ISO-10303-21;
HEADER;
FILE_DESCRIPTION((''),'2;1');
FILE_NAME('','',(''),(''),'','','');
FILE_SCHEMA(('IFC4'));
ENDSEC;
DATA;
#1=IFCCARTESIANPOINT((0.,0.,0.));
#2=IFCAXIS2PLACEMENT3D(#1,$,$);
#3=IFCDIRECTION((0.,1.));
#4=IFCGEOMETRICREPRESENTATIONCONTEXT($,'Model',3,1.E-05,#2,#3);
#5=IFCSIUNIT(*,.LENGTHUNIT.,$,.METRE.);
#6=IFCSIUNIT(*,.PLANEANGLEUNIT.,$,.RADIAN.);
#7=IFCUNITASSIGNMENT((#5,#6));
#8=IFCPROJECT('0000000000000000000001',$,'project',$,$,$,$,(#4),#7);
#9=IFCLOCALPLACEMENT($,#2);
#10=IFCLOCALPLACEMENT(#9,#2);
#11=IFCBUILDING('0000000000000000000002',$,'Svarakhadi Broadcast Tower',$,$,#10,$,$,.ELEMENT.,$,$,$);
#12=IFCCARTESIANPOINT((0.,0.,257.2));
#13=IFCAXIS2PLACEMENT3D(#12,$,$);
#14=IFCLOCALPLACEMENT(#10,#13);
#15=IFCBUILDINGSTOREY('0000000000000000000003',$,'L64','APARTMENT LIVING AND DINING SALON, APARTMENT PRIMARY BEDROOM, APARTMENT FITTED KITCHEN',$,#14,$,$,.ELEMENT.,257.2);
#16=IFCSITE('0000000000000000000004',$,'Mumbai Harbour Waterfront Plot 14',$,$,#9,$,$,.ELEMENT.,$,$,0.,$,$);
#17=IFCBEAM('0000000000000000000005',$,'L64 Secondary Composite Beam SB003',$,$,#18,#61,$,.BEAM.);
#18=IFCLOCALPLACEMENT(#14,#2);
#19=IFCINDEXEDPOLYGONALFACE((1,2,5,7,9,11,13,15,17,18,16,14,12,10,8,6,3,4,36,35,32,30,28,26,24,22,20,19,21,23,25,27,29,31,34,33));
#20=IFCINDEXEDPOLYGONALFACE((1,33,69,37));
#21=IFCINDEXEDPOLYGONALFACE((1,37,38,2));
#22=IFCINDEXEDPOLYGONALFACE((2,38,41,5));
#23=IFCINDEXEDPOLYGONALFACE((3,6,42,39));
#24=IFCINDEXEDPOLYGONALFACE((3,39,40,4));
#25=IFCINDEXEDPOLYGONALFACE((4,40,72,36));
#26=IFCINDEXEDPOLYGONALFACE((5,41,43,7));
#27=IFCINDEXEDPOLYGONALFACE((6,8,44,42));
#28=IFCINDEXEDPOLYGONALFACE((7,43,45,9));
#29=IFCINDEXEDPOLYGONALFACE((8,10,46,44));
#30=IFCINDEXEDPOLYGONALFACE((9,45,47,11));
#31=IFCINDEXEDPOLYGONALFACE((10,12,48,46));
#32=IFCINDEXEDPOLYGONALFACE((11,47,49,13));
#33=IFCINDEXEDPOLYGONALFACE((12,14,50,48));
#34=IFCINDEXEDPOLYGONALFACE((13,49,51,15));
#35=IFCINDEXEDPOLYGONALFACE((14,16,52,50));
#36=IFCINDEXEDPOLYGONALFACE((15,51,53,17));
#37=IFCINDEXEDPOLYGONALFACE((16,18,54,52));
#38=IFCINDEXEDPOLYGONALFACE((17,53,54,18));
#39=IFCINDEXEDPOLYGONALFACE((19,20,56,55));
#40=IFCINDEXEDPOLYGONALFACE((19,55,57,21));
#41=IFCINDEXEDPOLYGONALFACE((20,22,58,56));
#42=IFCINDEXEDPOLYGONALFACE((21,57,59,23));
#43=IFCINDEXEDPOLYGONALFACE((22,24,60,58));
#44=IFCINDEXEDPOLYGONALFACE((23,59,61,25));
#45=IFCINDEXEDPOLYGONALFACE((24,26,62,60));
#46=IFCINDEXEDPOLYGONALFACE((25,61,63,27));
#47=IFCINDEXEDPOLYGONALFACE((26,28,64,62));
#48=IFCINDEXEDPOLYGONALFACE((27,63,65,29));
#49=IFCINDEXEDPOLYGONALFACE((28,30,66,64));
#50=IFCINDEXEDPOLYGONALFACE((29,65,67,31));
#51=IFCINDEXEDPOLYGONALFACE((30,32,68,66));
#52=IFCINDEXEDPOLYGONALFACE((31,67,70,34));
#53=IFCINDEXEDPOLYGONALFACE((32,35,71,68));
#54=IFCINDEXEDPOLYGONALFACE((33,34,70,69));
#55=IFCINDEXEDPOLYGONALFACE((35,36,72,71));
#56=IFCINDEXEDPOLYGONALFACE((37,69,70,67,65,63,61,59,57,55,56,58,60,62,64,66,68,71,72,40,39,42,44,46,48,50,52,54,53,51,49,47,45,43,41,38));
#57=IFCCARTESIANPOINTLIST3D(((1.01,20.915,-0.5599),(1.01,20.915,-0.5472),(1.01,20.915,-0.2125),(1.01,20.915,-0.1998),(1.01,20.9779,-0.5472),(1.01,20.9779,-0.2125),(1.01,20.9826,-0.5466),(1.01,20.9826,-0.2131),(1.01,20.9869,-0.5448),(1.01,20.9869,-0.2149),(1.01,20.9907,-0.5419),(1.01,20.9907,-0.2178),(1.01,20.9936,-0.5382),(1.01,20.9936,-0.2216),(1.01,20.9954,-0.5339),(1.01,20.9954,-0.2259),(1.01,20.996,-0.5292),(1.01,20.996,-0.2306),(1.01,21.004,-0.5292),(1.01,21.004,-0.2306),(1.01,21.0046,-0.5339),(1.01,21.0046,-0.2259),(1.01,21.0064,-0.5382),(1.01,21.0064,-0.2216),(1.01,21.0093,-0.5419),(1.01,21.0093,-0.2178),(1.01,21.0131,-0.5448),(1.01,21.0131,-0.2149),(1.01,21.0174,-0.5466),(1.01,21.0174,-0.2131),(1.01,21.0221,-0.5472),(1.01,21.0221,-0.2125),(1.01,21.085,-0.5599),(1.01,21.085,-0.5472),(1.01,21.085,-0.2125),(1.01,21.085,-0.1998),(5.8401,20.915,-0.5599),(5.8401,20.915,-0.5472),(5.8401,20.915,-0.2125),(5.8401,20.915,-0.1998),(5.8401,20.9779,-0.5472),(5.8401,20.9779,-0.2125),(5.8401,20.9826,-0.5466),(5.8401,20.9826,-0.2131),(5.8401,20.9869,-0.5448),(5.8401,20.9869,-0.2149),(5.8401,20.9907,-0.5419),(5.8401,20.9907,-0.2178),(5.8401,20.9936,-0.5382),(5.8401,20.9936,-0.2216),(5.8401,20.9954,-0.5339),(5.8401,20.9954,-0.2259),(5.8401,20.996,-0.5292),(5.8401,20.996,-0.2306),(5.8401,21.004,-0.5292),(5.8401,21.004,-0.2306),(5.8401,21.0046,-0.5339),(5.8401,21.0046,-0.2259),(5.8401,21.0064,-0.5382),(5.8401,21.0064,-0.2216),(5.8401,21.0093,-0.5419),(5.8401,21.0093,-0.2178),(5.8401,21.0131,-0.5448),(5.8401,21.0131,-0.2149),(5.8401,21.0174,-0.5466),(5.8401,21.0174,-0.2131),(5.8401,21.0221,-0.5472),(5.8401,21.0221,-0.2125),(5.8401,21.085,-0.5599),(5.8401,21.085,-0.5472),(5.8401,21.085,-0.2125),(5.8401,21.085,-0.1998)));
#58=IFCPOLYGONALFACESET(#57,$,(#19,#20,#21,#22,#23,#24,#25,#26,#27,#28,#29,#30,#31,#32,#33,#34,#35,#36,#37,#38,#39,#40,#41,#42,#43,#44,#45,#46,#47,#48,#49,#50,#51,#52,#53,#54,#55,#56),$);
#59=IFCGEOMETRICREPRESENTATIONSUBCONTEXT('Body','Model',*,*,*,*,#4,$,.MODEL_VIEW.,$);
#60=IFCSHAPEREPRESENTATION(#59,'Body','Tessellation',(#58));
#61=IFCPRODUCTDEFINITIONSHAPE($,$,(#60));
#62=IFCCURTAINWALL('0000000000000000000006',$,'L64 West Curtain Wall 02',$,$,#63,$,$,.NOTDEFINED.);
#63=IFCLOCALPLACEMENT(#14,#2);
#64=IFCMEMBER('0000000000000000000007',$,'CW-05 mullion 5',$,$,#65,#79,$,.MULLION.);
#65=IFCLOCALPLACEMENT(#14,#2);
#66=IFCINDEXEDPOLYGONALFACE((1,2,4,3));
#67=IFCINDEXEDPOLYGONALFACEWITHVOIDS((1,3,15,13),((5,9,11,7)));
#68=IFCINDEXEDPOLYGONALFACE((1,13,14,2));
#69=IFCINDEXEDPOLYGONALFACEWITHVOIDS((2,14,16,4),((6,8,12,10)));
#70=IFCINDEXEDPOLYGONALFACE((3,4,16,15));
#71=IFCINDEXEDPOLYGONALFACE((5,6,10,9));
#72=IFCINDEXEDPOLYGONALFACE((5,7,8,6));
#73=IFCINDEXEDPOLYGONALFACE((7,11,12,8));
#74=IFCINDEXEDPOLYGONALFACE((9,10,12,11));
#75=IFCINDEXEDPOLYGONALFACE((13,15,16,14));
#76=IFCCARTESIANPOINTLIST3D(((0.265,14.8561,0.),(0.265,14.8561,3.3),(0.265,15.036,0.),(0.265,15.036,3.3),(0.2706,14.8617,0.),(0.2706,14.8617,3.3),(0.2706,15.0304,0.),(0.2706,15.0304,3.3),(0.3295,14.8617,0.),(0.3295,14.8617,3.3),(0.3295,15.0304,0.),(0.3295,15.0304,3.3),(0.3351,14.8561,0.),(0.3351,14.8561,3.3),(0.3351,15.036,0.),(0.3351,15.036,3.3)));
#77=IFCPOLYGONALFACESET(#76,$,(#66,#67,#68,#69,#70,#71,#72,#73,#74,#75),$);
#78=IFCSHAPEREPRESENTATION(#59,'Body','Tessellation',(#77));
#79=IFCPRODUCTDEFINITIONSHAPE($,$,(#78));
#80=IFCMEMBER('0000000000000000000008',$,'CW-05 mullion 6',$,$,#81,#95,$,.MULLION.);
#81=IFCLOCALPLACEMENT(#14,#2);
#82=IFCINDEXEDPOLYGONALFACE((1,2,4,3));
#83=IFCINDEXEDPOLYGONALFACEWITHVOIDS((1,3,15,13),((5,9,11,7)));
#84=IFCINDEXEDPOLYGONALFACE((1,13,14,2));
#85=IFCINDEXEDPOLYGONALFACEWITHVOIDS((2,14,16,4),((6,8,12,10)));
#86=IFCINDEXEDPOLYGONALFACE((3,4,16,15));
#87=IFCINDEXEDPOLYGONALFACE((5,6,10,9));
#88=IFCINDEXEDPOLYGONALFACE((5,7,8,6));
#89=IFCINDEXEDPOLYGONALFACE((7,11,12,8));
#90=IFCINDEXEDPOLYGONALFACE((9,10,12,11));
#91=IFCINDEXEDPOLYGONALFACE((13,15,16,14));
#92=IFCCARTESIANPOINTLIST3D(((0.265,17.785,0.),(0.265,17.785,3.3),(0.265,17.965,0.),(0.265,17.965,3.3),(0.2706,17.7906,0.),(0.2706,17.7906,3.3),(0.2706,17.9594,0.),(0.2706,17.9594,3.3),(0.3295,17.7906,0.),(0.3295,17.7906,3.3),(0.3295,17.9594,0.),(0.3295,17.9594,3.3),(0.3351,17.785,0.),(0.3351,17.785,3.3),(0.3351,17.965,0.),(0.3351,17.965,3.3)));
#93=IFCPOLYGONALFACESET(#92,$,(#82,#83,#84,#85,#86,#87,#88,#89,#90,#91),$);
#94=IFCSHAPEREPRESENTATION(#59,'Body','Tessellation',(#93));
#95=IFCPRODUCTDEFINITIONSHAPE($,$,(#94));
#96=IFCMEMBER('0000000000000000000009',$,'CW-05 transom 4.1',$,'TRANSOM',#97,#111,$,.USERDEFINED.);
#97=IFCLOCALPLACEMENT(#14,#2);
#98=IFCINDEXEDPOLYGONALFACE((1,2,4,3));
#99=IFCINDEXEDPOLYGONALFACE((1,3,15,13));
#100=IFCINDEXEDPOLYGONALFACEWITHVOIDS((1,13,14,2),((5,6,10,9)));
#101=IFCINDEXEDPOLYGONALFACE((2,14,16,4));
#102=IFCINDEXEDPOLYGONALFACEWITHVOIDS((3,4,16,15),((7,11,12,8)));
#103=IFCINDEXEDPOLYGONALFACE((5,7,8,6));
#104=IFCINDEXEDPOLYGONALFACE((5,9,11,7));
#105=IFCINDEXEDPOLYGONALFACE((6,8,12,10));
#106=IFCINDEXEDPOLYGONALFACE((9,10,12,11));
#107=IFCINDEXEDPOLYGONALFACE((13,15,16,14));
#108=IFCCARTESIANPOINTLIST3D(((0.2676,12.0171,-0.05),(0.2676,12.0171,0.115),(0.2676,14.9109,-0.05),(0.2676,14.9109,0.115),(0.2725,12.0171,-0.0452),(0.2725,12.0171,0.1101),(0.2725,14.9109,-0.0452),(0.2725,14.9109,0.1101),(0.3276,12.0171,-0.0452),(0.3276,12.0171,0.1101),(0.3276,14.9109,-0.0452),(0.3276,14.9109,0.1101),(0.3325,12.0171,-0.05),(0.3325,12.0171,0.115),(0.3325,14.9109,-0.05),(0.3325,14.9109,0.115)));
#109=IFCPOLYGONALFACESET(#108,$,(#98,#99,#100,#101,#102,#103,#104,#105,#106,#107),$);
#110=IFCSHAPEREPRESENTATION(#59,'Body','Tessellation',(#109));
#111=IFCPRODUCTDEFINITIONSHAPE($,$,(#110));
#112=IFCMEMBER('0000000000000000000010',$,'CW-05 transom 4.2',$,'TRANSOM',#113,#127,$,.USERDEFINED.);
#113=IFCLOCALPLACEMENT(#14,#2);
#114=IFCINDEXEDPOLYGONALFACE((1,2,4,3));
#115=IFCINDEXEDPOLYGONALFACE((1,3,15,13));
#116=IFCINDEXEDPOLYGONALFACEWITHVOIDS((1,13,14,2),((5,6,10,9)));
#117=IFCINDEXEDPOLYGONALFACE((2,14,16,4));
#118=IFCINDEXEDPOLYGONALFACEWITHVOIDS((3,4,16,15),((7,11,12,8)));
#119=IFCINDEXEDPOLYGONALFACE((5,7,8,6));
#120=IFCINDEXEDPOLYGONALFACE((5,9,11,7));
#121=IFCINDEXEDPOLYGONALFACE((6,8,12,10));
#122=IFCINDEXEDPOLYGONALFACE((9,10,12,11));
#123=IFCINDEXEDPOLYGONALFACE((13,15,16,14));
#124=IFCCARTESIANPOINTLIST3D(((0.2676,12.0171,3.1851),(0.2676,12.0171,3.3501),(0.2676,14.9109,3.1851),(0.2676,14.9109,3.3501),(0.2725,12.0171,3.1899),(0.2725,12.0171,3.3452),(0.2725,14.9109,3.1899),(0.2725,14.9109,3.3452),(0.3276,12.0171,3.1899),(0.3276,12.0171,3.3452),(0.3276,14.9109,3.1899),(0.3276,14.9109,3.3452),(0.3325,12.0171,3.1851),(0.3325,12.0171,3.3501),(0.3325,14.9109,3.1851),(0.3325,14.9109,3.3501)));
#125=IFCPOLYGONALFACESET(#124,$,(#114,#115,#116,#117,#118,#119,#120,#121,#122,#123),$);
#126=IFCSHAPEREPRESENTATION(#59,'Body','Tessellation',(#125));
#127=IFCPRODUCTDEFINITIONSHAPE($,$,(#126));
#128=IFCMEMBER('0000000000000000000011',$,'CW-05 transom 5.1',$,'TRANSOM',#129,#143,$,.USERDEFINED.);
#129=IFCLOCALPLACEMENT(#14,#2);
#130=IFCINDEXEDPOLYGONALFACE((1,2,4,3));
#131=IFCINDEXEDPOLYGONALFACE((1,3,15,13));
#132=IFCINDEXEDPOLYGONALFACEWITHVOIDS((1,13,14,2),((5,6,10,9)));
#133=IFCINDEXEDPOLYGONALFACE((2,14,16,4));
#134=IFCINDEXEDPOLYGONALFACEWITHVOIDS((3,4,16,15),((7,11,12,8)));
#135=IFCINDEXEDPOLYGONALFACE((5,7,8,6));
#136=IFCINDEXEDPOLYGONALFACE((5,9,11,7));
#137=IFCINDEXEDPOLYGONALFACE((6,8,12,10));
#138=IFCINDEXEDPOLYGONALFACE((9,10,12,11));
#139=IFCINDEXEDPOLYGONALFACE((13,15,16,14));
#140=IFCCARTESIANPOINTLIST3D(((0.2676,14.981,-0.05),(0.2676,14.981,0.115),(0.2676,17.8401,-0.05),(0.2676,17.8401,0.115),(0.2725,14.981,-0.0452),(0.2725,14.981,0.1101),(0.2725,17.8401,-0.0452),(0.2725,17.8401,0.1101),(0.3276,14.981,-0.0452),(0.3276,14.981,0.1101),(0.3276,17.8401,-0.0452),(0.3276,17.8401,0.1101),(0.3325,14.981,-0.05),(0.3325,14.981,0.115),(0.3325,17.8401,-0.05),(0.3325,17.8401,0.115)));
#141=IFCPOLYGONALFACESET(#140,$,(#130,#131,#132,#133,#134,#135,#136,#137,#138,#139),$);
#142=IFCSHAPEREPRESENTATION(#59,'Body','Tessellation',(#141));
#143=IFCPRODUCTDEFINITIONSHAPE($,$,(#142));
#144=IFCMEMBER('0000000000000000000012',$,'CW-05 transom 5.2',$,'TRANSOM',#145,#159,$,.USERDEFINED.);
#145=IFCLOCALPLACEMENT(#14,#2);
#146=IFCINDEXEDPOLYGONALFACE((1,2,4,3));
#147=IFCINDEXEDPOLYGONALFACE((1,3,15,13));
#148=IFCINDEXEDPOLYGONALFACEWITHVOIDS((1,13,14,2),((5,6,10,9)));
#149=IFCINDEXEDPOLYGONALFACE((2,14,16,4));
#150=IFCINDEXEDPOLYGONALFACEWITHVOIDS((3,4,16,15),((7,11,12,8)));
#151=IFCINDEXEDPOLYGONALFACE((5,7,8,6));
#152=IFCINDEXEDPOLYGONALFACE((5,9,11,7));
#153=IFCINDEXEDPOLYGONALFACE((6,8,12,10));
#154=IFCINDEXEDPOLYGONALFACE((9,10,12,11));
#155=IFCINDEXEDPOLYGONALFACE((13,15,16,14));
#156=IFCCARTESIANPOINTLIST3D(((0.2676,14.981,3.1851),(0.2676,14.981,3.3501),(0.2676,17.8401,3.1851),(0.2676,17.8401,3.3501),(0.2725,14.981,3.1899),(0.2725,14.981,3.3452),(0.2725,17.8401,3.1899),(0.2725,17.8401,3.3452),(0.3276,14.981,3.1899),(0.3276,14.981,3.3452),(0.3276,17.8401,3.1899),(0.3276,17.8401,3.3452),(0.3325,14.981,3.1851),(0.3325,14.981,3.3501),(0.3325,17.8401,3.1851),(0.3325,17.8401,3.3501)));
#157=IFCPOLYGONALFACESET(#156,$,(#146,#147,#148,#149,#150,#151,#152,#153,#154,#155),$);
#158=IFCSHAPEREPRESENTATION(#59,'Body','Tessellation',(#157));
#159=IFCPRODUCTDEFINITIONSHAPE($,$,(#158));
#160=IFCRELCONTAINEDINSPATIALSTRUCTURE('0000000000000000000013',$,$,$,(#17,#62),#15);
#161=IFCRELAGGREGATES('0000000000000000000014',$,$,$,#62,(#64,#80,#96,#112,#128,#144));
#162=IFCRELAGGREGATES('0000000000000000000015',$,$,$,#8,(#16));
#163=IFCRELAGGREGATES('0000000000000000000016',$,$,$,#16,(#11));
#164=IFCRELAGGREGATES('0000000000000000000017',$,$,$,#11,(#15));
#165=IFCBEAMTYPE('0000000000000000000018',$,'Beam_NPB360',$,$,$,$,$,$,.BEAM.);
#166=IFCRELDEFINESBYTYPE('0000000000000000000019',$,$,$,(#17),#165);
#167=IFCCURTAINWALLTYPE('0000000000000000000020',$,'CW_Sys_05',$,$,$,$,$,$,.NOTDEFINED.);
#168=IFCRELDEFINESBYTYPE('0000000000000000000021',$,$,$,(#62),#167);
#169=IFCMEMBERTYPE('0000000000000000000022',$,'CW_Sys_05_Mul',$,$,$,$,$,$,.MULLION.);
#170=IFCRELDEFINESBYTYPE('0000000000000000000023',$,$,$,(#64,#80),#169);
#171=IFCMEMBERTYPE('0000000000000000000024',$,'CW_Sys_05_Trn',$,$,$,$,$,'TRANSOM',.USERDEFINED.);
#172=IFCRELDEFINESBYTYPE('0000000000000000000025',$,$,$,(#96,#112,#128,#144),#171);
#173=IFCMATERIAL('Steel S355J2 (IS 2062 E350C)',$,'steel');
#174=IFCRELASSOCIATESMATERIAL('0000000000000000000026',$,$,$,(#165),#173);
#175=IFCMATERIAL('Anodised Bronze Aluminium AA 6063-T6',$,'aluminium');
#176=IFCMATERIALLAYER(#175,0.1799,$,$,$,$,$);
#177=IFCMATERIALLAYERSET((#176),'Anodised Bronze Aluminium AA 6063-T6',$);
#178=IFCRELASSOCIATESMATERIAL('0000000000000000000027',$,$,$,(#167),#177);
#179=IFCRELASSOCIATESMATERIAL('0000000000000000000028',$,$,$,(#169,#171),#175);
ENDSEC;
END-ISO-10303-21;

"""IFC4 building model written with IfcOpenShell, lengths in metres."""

from ifc_helpers import new_model, si_unit, direction, frame, origin, origin_2d, place, context, subcontext, project, spatial, hollow_rectangle, i_section, extrude, material, layer, layer_set, material_profile, profile_set, type_object, element, aggregate, save


model = new_model("IFC4")

# Units and contexts
model_context = context("Model", 3, precision=1e-05, world=origin(), true_north=direction((0.0, 1.0)))
body_context = subcontext(model_context, "Body", "Model", "MODEL_VIEW")
ifc_project = project(units=[si_unit("LENGTHUNIT", "METRE"), si_unit("PLANEANGLEUNIT", "RADIAN")], contexts=[model_context])

# Site, building, storey
site_placement = place(None, origin())
site = spatial("IfcSite", under=ifc_project, at=site_placement, Name="Mumbai Harbour Waterfront Plot 14", CompositionType="ELEMENT", RefElevation=0.0)
building_placement = place(site_placement, origin())
building = spatial("IfcBuilding", under=site, at=building_placement, Name="Svarakhadi Broadcast Tower", CompositionType="ELEMENT")
storey_placement = place(building_placement, frame((0.0, 0.0, 257.2)))
storey = spatial("IfcBuildingStorey", under=building, at=storey_placement, Name="L64", Description="APARTMENT LIVING AND DINING SALON, APARTMENT PRIMARY BEDROOM, APARTMENT FITTED KITCHEN", CompositionType="ELEMENT", Elevation=257.2)

# Beam
ifc_material_1 = material(Name="Steel S355J2 (IS 2062 E350C)", Category="steel")
ifc_material_profile_1 = material_profile(ifc_material_1, i_section(OverallWidth=0.1699, OverallDepth=0.3601, WebThickness=0.0081, FlangeThickness=0.0127, FilletRadius=0.0181, at=origin_2d()), Name="NPB 360x170x57")
ifc_profile_set_1 = profile_set([ifc_material_profile_1], Name="Steel S355J2 (IS 2062 E350C)")
beam_type_1 = type_object("IfcBeamType", Name="Beam_NPB360", PredefinedType="BEAM", material=ifc_profile_set_1)
for number, where, z_axis, x_axis, name in (
    (1, (1.01, 21.0, -0.3799), (1.0, 0.0, 0.0), (0.0, 1.0, 0.0), "L64 Secondary Composite Beam SB003"),
):
    element("IfcBeam", number, at=place(storey_placement, frame(where, z_axis=z_axis, x_axis=x_axis)), inside=storey, type_object=beam_type_1, Name=name, PredefinedType="BEAM", context=body_context, shape_type="SweptSolid", body=[
        extrude(i_section(OverallWidth=0.1699, OverallDepth=0.3601, WebThickness=0.0081, FlangeThickness=0.0127, FilletRadius=0.0181, at=origin_2d()), origin(), (0.0, 0.0, 1.0), 4.8301),
    ])

# Curtain wall, members
ifc_material_2 = material(Name="Anodised Bronze Aluminium AA 6063-T6", Category="aluminium")
ifc_layer_1 = layer(ifc_material_2, 0.1799)
ifc_layer_set_1 = layer_set([ifc_layer_1], Name="Anodised Bronze Aluminium AA 6063-T6")
curtain_wall_type = type_object("IfcCurtainWallType", Name="CW_Sys_05", PredefinedType="NOTDEFINED", material=ifc_layer_set_1)
curtain_wall_placement = place(storey_placement, origin())
curtain_wall = element("IfcCurtainWall", 2, at=curtain_wall_placement, inside=storey, type_object=curtain_wall_type, Name="L64 West Curtain Wall 02", PredefinedType="NOTDEFINED")
ifc_material_profile_2 = material_profile(ifc_material_2, hollow_rectangle(XDim=0.0701, YDim=0.1799, WallThickness=0.0056, at=origin_2d()), Name="ALU MULLION 180x70x6")
ifc_profile_set_2 = profile_set([ifc_material_profile_2], Name="Anodised Bronze Aluminium AA 6063-T6")
member_type_1 = type_object("IfcMemberType", Name="CW_Sys_05_Mul", PredefinedType="MULLION", material=ifc_profile_set_2)
member_1_placement = place(storey_placement, frame((0.3, 14.946, 0.0), z_axis=(0.0, 0.0, 1.0), x_axis=(-1.0, 0.0, 0.0)))
member_1 = element("IfcMember", 3, at=member_1_placement, type_object=member_type_1, Name="CW-05 mullion 5", PredefinedType="MULLION", context=body_context, shape_type="SweptSolid", body=[
    extrude(hollow_rectangle(XDim=0.0701, YDim=0.1799, WallThickness=0.0056, at=origin_2d()), origin(), (0.0, 0.0, 1.0), 3.3),
])
member_2_placement = place(storey_placement, frame((0.3, 17.875, 0.0), z_axis=(0.0, 0.0, 1.0), x_axis=(-1.0, 0.0, 0.0)))
member_2 = element("IfcMember", 4, at=member_2_placement, type_object=member_type_1, Name="CW-05 mullion 6", PredefinedType="MULLION", context=body_context, shape_type="SweptSolid", body=[
    extrude(hollow_rectangle(XDim=0.0701, YDim=0.1799, WallThickness=0.0056, at=origin_2d()), origin(), (0.0, 0.0, 1.0), 3.3),
])
ifc_material_profile_3 = material_profile(ifc_material_2, hollow_rectangle(XDim=0.0649, YDim=0.165, WallThickness=0.0049, at=origin_2d()), Name="ALU TRANSOM 165x65x5")
ifc_profile_set_3 = profile_set([ifc_material_profile_3], Name="Anodised Bronze Aluminium AA 6063-T6")
member_type_2 = type_object("IfcMemberType", Name="CW_Sys_05_Trn", ElementType="TRANSOM", PredefinedType="USERDEFINED", material=ifc_profile_set_3)
member_3_placement = place(storey_placement, frame((0.3, 12.0171, 0.0325), z_axis=(0.0, 1.0, 0.0), x_axis=(-1.0, 0.0, 0.0)))
member_3 = element("IfcMember", 5, at=member_3_placement, type_object=member_type_2, Name="CW-05 transom 4.1", ObjectType="TRANSOM", PredefinedType="USERDEFINED", context=body_context, shape_type="SweptSolid", body=[
    extrude(hollow_rectangle(XDim=0.0649, YDim=0.165, WallThickness=0.0049, at=origin_2d()), origin(), (0.0, 0.0, 1.0), 2.8938),
])
member_4_placement = place(storey_placement, frame((0.3, 12.0171, 3.2676), z_axis=(0.0, 1.0, 0.0), x_axis=(-1.0, 0.0, 0.0)))
member_4 = element("IfcMember", 6, at=member_4_placement, type_object=member_type_2, Name="CW-05 transom 4.2", ObjectType="TRANSOM", PredefinedType="USERDEFINED", context=body_context, shape_type="SweptSolid", body=[
    extrude(hollow_rectangle(XDim=0.0649, YDim=0.165, WallThickness=0.0049, at=origin_2d()), origin(), (0.0, 0.0, 1.0), 2.8938),
])
member_5_placement = place(storey_placement, frame((0.3, 14.981, 0.0325), z_axis=(0.0, 1.0, 0.0), x_axis=(-1.0, 0.0, 0.0)))
member_5 = element("IfcMember", 7, at=member_5_placement, type_object=member_type_2, Name="CW-05 transom 5.1", ObjectType="TRANSOM", PredefinedType="USERDEFINED", context=body_context, shape_type="SweptSolid", body=[
    extrude(hollow_rectangle(XDim=0.0649, YDim=0.165, WallThickness=0.0049, at=origin_2d()), origin(), (0.0, 0.0, 1.0), 2.8591),
])
member_6_placement = place(storey_placement, frame((0.3, 14.981, 3.2676), z_axis=(0.0, 1.0, 0.0), x_axis=(-1.0, 0.0, 0.0)))
member_6 = element("IfcMember", 8, at=member_6_placement, type_object=member_type_2, Name="CW-05 transom 5.2", ObjectType="TRANSOM", PredefinedType="USERDEFINED", context=body_context, shape_type="SweptSolid", body=[
    extrude(hollow_rectangle(XDim=0.0649, YDim=0.165, WallThickness=0.0049, at=origin_2d()), origin(), (0.0, 0.0, 1.0), 2.8591),
])

aggregate(curtain_wall, [member_1, member_2, member_3, member_4, member_5, member_6])

save(model, "model.ifc")
